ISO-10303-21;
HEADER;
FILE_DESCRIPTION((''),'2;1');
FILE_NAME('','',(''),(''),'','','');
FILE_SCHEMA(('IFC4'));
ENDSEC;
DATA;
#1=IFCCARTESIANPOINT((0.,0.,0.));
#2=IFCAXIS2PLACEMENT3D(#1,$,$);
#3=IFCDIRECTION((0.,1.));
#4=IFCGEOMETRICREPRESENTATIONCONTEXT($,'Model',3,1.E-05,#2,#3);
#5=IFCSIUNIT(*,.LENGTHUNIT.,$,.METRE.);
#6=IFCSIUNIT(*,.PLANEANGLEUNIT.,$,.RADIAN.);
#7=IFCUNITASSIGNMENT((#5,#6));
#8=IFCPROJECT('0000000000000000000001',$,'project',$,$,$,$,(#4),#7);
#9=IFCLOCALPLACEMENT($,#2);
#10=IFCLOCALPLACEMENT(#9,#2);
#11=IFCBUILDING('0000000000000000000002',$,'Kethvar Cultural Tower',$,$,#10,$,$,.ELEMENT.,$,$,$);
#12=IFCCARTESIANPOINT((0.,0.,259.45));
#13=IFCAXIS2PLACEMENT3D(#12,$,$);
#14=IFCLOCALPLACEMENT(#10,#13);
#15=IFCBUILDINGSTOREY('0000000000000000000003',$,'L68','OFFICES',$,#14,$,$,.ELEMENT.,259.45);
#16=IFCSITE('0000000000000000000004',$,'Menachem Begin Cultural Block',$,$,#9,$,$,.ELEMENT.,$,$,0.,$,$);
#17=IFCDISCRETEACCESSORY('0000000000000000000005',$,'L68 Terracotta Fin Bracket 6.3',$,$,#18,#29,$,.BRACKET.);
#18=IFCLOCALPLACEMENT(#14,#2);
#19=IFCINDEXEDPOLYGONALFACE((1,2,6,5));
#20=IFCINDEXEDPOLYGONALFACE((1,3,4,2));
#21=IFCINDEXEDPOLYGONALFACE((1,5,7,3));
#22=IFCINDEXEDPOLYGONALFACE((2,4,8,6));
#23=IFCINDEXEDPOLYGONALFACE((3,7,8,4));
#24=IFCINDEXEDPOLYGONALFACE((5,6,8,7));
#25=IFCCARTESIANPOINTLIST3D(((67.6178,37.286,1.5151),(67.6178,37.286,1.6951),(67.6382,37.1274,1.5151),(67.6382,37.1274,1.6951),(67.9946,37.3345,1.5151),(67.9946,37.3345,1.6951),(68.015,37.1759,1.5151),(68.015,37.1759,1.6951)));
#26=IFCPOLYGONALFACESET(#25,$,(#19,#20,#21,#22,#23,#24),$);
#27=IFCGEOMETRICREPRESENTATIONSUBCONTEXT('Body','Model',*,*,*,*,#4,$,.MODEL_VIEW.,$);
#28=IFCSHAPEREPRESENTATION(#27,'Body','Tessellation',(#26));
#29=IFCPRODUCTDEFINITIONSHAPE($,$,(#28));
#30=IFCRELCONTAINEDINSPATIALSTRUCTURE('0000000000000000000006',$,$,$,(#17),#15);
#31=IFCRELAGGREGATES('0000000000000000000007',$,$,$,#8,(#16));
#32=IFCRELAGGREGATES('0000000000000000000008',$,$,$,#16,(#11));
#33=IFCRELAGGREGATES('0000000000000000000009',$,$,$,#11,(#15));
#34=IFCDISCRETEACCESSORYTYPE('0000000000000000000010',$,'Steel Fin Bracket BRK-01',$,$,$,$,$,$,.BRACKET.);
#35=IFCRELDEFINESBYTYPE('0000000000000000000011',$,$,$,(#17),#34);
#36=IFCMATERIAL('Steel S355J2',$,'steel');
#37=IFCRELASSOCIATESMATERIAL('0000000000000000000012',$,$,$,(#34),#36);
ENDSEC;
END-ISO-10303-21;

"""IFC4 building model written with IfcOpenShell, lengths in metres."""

from ifc_helpers import new_model, si_unit, direction, frame, origin, origin_2d, place, context, subcontext, project, spatial, rectangle, extrude, source, transform, mapped, material, type_object, element, save


model = new_model("IFC4")

# Units and contexts
model_context = context("Model", 3, precision=1e-05, world=origin(), true_north=direction((0.0, 1.0)))
body_context = subcontext(model_context, "Body", "Model", "MODEL_VIEW")
ifc_project = project(units=[si_unit("LENGTHUNIT", "METRE"), si_unit("PLANEANGLEUNIT", "RADIAN")], contexts=[model_context])

# Site, building, storey
site_placement = place(None, origin())
site = spatial("IfcSite", under=ifc_project, at=site_placement, Name="Menachem Begin Cultural Block", CompositionType="ELEMENT", RefElevation=0.0)
building_placement = place(site_placement, origin())
building = spatial("IfcBuilding", under=site, at=building_placement, Name="Kethvar Cultural Tower", CompositionType="ELEMENT")
storey_placement = place(building_placement, frame((0.0, 0.0, 259.45)))
storey = spatial("IfcBuildingStorey", under=building, at=storey_placement, Name="L68", Description="OFFICES", CompositionType="ELEMENT", Elevation=259.45)

# Discrete accessory
ifc_material_1 = material(Name="Steel S355J2", Category="steel")
discrete_accessory_type = type_object("IfcDiscreteAccessoryType", Name="Steel Fin Bracket BRK-01", PredefinedType="BRACKET", material=ifc_material_1)
shared_shape_1 = source(origin(), body_context, "Body", "SweptSolid", [
    extrude(rectangle(XDim=0.3799, YDim=0.1599, at=origin_2d()), origin(), (0.0, 0.0, 1.0), 0.1799),
])
for number, where, z_axis, x_axis, name in (
    (1, (67.8164, 37.231, 1.5151), (0.0, 0.0, 1.0), (0.991828, 0.127584, 0.0), "L68 Terracotta Fin Bracket 6.3"),
):
    element("IfcDiscreteAccessory", number, at=place(storey_placement, frame(where, z_axis=z_axis, x_axis=x_axis)), inside=storey, type_object=discrete_accessory_type, Name=name, PredefinedType="BRACKET", context=body_context, shape_type="MappedRepresentation", body=[
        mapped(shared_shape_1, transform((0.0, 0.0, 0.0), scale=1.0)),
    ])

save(model, "model.ifc")
